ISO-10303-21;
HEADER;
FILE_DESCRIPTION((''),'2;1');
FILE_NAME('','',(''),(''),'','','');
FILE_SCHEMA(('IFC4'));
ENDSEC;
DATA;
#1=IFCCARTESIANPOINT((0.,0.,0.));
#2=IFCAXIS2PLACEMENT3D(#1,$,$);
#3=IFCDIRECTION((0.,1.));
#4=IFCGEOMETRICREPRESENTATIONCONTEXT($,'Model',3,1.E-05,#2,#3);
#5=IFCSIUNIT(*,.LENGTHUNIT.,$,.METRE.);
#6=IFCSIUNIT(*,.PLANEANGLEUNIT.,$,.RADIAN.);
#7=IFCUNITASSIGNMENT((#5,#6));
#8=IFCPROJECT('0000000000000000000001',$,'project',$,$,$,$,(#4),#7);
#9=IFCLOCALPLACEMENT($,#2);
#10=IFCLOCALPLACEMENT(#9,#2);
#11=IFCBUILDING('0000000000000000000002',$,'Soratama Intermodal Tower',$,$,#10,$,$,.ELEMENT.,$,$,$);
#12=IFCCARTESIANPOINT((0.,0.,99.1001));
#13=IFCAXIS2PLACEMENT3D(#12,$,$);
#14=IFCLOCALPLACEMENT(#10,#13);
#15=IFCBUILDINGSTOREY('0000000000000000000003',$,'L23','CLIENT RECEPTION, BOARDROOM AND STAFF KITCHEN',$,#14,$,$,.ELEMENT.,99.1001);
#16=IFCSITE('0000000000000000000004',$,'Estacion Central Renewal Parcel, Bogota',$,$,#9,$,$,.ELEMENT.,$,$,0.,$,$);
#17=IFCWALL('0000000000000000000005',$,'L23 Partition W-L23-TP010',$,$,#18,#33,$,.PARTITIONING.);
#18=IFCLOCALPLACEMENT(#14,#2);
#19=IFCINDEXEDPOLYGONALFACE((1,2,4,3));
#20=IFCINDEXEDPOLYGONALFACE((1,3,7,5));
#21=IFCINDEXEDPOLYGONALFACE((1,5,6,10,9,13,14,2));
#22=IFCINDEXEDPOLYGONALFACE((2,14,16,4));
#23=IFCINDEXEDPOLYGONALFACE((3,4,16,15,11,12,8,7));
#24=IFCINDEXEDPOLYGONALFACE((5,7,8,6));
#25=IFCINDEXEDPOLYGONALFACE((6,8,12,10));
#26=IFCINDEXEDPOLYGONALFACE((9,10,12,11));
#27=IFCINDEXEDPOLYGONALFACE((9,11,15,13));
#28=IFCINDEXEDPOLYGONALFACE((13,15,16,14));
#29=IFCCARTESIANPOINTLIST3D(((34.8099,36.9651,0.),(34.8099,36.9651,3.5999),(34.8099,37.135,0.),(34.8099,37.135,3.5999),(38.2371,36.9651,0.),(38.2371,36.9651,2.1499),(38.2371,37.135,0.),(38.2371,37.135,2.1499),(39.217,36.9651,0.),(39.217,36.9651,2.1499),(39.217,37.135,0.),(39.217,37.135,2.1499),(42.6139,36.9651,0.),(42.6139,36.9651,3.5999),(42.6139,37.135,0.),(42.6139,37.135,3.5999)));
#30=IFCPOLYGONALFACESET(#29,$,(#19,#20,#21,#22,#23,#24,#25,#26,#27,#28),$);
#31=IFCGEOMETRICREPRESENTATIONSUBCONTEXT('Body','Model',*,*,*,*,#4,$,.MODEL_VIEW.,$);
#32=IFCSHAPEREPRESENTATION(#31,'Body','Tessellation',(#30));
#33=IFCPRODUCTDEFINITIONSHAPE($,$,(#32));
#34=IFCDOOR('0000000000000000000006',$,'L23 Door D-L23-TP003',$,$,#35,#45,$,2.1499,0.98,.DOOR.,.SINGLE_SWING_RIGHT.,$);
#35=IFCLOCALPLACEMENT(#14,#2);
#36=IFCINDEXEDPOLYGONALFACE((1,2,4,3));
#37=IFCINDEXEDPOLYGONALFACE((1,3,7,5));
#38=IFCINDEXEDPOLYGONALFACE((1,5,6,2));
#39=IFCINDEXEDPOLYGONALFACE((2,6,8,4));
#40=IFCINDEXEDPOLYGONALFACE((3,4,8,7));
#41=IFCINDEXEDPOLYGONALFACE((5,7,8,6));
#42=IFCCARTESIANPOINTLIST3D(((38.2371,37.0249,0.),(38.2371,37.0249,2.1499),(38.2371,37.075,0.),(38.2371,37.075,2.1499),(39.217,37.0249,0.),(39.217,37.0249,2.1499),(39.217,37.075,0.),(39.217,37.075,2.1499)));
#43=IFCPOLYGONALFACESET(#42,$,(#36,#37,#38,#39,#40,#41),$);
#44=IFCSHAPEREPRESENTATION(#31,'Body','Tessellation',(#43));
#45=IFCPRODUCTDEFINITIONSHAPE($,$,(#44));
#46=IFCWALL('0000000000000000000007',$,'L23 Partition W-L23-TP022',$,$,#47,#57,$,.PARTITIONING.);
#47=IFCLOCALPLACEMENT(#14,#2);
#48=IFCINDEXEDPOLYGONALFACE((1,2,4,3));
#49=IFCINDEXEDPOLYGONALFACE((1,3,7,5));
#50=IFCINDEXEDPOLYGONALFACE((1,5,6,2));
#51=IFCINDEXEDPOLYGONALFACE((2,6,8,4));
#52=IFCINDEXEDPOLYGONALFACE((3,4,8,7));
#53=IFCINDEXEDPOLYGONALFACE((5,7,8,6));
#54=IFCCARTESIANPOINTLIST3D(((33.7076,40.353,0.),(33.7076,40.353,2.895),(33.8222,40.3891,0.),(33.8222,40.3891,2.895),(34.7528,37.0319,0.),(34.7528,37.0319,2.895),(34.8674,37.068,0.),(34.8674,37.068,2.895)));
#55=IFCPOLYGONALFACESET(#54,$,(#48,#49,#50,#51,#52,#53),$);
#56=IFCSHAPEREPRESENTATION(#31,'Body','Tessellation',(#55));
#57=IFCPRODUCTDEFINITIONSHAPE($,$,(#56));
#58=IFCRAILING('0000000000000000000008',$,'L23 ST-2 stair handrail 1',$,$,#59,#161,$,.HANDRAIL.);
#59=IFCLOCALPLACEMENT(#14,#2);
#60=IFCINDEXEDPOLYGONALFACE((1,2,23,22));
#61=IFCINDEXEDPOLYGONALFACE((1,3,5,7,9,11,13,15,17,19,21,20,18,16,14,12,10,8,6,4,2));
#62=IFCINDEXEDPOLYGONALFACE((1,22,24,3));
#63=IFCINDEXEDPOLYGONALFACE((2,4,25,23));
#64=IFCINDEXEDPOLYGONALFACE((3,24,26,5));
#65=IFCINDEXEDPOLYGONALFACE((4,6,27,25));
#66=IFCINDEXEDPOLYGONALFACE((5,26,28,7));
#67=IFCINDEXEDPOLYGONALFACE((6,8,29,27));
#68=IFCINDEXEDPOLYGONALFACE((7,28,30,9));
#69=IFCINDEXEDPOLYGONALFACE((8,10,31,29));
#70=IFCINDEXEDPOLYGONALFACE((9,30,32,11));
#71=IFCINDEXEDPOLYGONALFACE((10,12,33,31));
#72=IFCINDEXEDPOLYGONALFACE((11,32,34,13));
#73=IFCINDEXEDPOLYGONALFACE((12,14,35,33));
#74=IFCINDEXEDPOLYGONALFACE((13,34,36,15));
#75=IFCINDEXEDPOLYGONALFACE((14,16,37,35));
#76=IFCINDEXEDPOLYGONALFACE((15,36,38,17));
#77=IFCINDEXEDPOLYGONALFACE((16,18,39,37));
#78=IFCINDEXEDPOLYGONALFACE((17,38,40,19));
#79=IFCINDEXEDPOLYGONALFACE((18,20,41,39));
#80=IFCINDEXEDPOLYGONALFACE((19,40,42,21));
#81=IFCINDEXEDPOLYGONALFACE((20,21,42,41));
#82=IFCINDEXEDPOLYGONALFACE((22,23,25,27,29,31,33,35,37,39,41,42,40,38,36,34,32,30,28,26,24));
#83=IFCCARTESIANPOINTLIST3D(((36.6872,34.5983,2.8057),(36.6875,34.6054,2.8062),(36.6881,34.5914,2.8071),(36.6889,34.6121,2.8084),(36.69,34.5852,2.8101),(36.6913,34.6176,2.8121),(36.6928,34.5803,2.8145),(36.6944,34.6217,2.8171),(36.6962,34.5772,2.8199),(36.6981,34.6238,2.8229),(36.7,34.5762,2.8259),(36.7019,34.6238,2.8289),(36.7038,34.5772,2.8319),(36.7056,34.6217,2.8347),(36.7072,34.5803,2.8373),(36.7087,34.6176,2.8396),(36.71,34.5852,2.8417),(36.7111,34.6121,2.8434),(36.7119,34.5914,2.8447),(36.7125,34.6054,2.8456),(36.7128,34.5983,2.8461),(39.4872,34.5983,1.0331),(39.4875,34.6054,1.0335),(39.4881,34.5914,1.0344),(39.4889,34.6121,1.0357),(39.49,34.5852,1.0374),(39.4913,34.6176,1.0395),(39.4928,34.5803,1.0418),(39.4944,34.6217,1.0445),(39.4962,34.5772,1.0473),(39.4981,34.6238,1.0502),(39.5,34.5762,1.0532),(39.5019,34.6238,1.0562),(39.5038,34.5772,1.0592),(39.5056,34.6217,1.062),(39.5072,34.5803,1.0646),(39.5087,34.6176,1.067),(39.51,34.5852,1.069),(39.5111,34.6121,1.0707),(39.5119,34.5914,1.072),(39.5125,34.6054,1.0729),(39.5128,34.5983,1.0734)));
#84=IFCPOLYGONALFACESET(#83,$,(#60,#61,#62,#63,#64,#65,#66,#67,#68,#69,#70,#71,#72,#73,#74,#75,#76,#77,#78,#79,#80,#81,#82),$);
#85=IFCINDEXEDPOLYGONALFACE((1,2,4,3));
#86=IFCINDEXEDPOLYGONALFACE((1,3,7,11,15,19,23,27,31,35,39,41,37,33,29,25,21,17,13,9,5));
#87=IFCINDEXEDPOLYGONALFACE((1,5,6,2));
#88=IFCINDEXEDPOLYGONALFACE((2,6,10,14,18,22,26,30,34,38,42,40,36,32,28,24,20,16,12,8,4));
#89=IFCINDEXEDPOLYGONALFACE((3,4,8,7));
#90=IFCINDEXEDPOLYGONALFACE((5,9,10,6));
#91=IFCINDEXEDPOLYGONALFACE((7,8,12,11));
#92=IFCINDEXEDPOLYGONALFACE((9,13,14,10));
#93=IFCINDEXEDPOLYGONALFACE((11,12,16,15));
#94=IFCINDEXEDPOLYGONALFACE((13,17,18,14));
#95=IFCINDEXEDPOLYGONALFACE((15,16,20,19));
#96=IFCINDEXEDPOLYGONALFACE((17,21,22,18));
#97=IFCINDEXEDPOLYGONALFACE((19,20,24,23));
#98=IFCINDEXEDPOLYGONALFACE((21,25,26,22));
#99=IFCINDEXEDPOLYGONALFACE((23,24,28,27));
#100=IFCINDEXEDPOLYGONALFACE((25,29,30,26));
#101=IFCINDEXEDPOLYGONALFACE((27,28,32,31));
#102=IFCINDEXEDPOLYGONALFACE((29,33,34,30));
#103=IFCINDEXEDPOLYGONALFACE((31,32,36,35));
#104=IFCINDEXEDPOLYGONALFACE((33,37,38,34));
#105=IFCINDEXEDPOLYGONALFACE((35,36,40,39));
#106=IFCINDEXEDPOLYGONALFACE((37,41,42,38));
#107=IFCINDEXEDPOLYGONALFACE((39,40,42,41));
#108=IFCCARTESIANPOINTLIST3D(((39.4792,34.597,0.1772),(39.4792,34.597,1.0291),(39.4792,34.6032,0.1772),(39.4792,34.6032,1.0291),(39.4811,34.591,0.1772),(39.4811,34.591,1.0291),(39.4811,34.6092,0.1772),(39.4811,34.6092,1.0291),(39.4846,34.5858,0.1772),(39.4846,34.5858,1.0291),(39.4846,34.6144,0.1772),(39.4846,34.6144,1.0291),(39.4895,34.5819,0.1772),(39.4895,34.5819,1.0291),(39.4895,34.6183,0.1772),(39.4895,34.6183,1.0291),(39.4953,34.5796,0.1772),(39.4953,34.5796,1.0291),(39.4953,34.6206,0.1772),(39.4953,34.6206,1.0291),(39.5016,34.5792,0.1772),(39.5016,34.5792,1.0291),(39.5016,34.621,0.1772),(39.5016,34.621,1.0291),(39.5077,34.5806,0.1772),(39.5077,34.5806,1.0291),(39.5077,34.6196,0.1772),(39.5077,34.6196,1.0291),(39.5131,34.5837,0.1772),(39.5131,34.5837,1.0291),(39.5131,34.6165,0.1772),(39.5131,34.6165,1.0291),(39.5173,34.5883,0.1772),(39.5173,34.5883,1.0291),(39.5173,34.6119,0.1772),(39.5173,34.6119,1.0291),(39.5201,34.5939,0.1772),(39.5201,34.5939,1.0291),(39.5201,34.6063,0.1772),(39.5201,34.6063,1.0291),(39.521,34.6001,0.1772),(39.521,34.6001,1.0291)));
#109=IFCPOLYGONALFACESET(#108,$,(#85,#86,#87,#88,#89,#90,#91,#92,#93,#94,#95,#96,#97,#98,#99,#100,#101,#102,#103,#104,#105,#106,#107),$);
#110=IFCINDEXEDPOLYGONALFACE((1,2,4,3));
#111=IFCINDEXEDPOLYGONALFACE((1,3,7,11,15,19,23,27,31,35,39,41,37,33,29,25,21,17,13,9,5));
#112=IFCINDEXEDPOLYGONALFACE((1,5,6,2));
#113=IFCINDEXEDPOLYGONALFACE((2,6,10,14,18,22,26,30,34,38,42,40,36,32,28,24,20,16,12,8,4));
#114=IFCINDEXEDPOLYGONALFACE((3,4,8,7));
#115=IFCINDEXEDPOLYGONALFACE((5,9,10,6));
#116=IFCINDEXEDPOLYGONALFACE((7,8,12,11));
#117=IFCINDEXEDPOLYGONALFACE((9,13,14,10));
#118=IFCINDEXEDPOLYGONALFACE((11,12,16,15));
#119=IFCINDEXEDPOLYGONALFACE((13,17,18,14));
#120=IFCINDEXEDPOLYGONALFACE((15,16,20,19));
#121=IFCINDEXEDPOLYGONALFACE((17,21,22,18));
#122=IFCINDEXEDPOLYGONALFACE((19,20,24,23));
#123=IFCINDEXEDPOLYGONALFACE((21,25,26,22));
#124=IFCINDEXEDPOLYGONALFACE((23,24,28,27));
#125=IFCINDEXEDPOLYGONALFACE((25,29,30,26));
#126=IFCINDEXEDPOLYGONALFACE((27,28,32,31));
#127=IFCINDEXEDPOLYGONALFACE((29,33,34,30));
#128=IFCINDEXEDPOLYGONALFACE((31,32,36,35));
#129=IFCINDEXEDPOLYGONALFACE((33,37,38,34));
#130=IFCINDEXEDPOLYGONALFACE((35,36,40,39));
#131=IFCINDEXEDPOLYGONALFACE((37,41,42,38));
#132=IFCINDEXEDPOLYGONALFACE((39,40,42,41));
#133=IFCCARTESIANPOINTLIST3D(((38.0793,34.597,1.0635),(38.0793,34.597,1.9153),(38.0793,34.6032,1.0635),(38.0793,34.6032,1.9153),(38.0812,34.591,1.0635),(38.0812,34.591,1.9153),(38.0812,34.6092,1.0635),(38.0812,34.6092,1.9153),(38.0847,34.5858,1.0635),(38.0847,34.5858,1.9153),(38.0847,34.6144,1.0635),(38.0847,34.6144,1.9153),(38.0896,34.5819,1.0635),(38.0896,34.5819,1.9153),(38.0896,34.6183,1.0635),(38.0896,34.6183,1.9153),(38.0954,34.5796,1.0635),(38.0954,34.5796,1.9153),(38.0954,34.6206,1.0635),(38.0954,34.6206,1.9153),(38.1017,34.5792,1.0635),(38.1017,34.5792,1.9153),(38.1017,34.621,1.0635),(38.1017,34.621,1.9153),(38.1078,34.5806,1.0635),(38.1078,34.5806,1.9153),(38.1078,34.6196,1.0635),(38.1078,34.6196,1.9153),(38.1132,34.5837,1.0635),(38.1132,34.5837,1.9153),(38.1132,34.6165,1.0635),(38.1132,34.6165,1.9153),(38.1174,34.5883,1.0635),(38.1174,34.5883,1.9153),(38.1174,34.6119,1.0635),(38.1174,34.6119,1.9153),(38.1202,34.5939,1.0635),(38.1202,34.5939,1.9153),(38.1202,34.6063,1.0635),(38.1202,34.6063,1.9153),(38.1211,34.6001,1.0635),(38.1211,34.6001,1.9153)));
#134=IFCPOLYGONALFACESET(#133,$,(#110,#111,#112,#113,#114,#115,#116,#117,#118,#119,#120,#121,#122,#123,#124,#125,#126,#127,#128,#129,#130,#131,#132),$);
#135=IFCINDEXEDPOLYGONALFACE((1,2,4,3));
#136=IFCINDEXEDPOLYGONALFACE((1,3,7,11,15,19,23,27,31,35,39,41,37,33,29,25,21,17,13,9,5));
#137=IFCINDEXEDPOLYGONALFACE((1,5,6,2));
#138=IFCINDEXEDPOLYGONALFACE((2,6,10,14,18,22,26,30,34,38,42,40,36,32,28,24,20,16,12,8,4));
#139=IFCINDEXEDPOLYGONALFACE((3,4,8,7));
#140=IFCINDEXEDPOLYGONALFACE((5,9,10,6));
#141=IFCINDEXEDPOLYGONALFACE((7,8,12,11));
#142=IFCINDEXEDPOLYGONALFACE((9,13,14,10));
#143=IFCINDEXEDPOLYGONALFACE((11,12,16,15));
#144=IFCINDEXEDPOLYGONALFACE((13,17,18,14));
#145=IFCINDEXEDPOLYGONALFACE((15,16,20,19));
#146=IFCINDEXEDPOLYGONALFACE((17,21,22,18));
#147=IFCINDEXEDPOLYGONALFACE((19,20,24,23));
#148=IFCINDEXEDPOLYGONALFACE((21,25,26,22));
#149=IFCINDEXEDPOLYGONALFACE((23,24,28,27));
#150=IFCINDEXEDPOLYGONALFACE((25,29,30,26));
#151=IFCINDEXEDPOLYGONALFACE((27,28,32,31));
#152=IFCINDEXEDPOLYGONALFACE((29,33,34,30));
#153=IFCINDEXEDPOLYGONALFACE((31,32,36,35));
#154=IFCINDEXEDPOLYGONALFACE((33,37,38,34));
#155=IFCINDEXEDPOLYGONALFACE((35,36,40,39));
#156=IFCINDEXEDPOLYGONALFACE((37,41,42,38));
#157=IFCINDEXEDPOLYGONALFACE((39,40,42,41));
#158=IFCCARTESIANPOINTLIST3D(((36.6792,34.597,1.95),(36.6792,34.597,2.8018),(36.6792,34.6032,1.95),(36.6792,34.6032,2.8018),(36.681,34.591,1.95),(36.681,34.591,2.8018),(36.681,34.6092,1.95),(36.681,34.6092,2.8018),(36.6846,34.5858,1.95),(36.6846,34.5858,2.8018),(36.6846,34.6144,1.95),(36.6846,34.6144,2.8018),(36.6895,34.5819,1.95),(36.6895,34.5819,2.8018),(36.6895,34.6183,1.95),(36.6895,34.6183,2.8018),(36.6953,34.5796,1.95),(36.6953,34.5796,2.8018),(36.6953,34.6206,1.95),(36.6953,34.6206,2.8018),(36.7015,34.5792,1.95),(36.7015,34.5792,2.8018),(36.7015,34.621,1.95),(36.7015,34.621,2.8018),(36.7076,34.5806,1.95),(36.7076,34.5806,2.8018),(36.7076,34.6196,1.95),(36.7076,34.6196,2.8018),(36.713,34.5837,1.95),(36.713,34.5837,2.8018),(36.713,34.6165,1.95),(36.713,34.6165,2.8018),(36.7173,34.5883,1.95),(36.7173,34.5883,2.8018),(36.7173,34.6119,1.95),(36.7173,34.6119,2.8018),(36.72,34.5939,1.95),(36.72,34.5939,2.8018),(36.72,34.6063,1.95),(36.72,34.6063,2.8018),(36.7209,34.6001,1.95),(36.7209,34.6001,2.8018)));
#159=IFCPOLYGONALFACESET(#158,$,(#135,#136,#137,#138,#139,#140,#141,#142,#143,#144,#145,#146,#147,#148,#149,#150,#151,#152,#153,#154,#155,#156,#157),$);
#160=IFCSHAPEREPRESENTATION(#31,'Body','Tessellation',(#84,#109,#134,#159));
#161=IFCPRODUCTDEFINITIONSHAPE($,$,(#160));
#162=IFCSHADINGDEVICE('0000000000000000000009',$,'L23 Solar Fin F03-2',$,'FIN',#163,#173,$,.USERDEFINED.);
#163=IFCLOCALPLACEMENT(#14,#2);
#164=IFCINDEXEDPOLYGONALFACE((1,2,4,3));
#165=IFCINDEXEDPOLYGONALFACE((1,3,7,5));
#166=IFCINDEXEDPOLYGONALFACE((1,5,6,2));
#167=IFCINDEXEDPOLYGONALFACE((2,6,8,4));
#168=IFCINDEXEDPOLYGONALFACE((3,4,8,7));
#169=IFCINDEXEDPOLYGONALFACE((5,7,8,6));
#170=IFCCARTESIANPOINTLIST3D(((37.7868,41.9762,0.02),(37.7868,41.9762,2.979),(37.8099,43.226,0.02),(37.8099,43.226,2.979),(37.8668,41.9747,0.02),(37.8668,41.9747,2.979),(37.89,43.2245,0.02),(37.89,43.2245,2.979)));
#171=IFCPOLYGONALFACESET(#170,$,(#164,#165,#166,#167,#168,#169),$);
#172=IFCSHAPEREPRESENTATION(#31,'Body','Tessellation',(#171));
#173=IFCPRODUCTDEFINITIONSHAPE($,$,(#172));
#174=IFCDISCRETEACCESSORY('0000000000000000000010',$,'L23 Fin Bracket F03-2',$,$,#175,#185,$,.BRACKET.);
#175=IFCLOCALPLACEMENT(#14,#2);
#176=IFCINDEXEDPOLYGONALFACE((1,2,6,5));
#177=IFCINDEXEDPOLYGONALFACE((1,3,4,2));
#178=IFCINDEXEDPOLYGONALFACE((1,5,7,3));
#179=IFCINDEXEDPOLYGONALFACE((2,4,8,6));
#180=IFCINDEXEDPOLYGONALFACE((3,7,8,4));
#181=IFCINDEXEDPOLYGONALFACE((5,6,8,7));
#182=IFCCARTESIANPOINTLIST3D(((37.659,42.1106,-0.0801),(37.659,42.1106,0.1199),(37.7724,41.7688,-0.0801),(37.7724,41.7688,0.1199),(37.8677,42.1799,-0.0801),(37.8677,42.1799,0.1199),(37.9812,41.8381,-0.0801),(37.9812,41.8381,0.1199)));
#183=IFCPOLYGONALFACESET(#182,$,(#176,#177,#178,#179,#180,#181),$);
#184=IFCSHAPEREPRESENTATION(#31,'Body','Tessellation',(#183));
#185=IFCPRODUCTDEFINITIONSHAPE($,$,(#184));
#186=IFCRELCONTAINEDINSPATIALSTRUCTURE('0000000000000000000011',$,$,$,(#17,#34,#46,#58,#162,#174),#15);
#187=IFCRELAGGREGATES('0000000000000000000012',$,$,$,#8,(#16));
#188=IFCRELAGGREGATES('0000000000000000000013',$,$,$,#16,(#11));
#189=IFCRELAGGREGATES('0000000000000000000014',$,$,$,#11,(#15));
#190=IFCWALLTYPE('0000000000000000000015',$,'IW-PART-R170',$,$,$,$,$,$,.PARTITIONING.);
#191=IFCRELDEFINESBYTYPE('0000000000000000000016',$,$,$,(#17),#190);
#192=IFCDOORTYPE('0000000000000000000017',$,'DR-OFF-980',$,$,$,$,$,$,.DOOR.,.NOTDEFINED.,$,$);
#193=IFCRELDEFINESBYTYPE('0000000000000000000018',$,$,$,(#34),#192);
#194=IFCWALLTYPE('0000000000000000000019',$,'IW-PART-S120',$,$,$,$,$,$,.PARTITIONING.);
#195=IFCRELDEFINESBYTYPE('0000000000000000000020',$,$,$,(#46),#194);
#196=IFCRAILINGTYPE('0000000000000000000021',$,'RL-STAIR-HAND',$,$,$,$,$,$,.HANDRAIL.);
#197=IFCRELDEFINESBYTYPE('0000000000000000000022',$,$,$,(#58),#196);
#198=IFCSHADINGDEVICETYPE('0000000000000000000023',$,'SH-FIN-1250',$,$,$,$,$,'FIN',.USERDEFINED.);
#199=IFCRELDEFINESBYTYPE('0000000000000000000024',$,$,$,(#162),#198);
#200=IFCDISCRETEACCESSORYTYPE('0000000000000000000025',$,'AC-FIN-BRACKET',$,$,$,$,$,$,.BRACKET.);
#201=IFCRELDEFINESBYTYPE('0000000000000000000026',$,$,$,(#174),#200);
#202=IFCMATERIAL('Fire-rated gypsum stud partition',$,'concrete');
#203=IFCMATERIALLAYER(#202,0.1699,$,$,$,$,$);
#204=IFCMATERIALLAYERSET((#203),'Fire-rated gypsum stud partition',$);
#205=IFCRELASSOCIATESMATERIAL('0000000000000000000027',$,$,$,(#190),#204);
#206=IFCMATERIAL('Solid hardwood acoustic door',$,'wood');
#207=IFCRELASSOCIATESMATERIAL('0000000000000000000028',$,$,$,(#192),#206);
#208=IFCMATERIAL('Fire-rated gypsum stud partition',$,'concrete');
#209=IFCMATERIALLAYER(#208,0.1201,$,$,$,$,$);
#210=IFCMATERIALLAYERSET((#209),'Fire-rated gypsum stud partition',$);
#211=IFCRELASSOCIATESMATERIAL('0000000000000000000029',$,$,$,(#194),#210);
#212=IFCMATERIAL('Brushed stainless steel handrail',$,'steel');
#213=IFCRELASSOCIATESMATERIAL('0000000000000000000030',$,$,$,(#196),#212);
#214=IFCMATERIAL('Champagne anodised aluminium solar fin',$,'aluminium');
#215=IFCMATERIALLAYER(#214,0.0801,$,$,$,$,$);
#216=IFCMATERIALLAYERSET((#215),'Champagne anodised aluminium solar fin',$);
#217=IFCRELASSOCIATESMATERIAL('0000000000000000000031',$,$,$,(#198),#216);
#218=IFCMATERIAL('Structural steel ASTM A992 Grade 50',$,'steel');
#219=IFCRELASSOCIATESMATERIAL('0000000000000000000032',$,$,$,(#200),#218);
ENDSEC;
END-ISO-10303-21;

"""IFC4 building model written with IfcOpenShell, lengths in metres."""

from ifc_helpers import new_model, si_unit, direction, frame, frame_2d, origin, origin_2d, place, context, subcontext, project, spatial, rectangle, circle, extrude, material, layer, layer_set, type_object, element, fill, save


model = new_model("IFC4")

# Units and contexts
model_context = context("Model", 3, precision=1e-05, world=origin(), true_north=direction((0.0, 1.0)))
body_context = subcontext(model_context, "Body", "Model", "MODEL_VIEW")
ifc_project = project(units=[si_unit("LENGTHUNIT", "METRE"), si_unit("PLANEANGLEUNIT", "RADIAN")], contexts=[model_context])

# Site, building, storey
site_placement = place(None, origin())
site = spatial("IfcSite", under=ifc_project, at=site_placement, Name="Estacion Central Renewal Parcel, Bogota", CompositionType="ELEMENT", RefElevation=0.0)
building_placement = place(site_placement, origin())
building = spatial("IfcBuilding", under=site, at=building_placement, Name="Soratama Intermodal Tower", CompositionType="ELEMENT")
storey_placement = place(building_placement, frame((0.0, 0.0, 99.1001)))
storey = spatial("IfcBuildingStorey", under=building, at=storey_placement, Name="L23", Description="CLIENT RECEPTION, BOARDROOM AND STAFF KITCHEN", CompositionType="ELEMENT", Elevation=99.1001)

# Wall, opening, door
ifc_material_1 = material(Name="Fire-rated gypsum stud partition", Category="concrete")
ifc_layer_1 = layer(ifc_material_1, 0.1699)
ifc_layer_set_1 = layer_set([ifc_layer_1], Name="Fire-rated gypsum stud partition")
wall_type_1 = type_object("IfcWallType", Name="IW-PART-R170", PredefinedType="PARTITIONING", material=ifc_layer_set_1)
wall_1_placement = place(storey_placement, frame((34.8101, 37.05, 0.0), z_axis=(0.0, 0.0, 1.0), x_axis=(1.0, 0.0, 0.0)))
wall_1 = element("IfcWall", 1, at=wall_1_placement, inside=storey, type_object=wall_type_1, Name="L23 Partition W-L23-TP010", PredefinedType="PARTITIONING", context=body_context, shape_type="SweptSolid", body=[
    extrude(rectangle(XDim=7.804, YDim=0.1699, at=frame_2d((3.9019, 0.0))), origin(), (0.0, 0.0, 1.0), 3.5999),
])
opening_placement = place(wall_1_placement, frame((3.427, 0.0, 0.0)))
opening = element("IfcOpeningElement", 2, at=opening_placement, cuts=wall_1, PredefinedType="OPENING", context=body_context, shape_type="SweptSolid", body=[
    extrude(rectangle(XDim=0.98, YDim=2.1499, at=frame_2d((0.49, 1.075))), frame((0.0, 0.095, 0.0), z_axis=(0.0, -1.0, 0.0), x_axis=(1.0, 0.0, 0.0)), (0.0, 0.0, 1.0), 0.1899),
])
ifc_material_2 = material(Name="Solid hardwood acoustic door", Category="wood")
door_type = type_object("IfcDoorType", Name="DR-OFF-980", OperationType="NOTDEFINED", PredefinedType="DOOR", material=ifc_material_2)
door_placement = place(opening_placement, origin())
door = element("IfcDoor", 3, at=door_placement, inside=storey, type_object=door_type, Name="L23 Door D-L23-TP003", OperationType="SINGLE_SWING_RIGHT", OverallHeight=2.1499, OverallWidth=0.98, PredefinedType="DOOR", context=body_context, shape_type="SweptSolid", body=[
    extrude(rectangle(XDim=0.98, YDim=2.1499, at=frame_2d((0.49, 1.075))), frame((0.0, 0.0249, 0.0), z_axis=(0.0, -1.0, 0.0), x_axis=(1.0, 0.0, 0.0)), (0.0, 0.0, 1.0), 0.05),
])
fill(opening, door)

# Wall
ifc_material_3 = material(Name="Fire-rated gypsum stud partition", Category="concrete")
ifc_layer_2 = layer(ifc_material_3, 0.1201)
ifc_layer_set_2 = layer_set([ifc_layer_2], Name="Fire-rated gypsum stud partition")
wall_type_2 = type_object("IfcWallType", Name="IW-PART-S120", PredefinedType="PARTITIONING", material=ifc_layer_set_2)
wall_2_placement = place(storey_placement, frame((34.8101, 37.05, 0.0), z_axis=(0.0, 0.0, 1.0), x_axis=(-0.300195, 0.953878, 0.0)))
element("IfcWall", 4, at=wall_2_placement, inside=storey, type_object=wall_type_2, Name="L23 Partition W-L23-TP022", PredefinedType="PARTITIONING", context=body_context, shape_type="SweptSolid", body=[
    extrude(rectangle(XDim=3.4817, YDim=0.1201, at=frame_2d((1.7407, 0.0))), origin(), (0.0, 0.0, 1.0), 2.895),
])

# Railing
ifc_material_4 = material(Name="Brushed stainless steel handrail", Category="steel")
railing_type = type_object("IfcRailingType", Name="RL-STAIR-HAND", PredefinedType="HANDRAIL", material=ifc_material_4)
railing_placement = place(storey_placement, frame((39.5, 34.6001, 0.1772)))
element("IfcRailing", 5, at=railing_placement, inside=storey, type_object=railing_type, Name="L23 ST-2 stair handrail 1", PredefinedType="HANDRAIL", context=body_context, shape_type="SweptSolid", body=[
    extrude(circle(Radius=0.0239, at=origin_2d()), frame((0.0, 0.0, 0.876), z_axis=(-0.844909, 0.0, 0.53491), x_axis=(0.0, -1.0, 0.0)), (0.0, 0.0, 1.0), 3.314),
    extrude(circle(Radius=0.021, at=origin_2d()), origin(), (0.0, 0.0, 1.0), 0.8518),
    extrude(circle(Radius=0.021, at=origin_2d()), frame((-1.3999, 0.0, 0.8862)), (0.0, 0.0, 1.0), 0.8518),
    extrude(circle(Radius=0.021, at=origin_2d()), frame((-2.8, 0.0, 1.7727)), (0.0, 0.0, 1.0), 0.8518),
])

# Shading device
ifc_material_5 = material(Name="Champagne anodised aluminium solar fin", Category="aluminium")
ifc_layer_3 = layer(ifc_material_5, 0.0801)
ifc_layer_set_3 = layer_set([ifc_layer_3], Name="Champagne anodised aluminium solar fin")
shading_device_type = type_object("IfcShadingDeviceType", Name="SH-FIN-1250", ElementType="FIN", PredefinedType="USERDEFINED", material=ifc_layer_set_3)
shading_device_placement = place(storey_placement, frame((37.8384, 42.6003, 0.02), z_axis=(0.0, 0.0, 1.0), x_axis=(0.018499, 0.999829, 0.0)))
element("IfcShadingDevice", 6, at=shading_device_placement, inside=storey, type_object=shading_device_type, Name="L23 Solar Fin F03-2", ObjectType="FIN", PredefinedType="USERDEFINED", context=body_context, shape_type="SweptSolid", body=[
    extrude(rectangle(XDim=1.25, YDim=0.0801, at=origin_2d()), origin(), (0.0, 0.0, 1.0), 2.959),
])

# Discrete accessory
ifc_material_6 = material(Name="Structural steel ASTM A992 Grade 50", Category="steel")
discrete_accessory_type = type_object("IfcDiscreteAccessoryType", Name="AC-FIN-BRACKET", PredefinedType="BRACKET", material=ifc_material_6)
discrete_accessory_placement = place(storey_placement, frame((37.8201, 41.9744, -0.0801), z_axis=(0.0, 0.0, 1.0), x_axis=(-0.314987, 0.949096, 0.0)))
element("IfcDiscreteAccessory", 7, at=discrete_accessory_placement, inside=storey, type_object=discrete_accessory_type, Name="L23 Fin Bracket F03-2", PredefinedType="BRACKET", context=body_context, shape_type="SweptSolid", body=[
    extrude(rectangle(XDim=0.3601, YDim=0.22, at=origin_2d()), origin(), (0.0, 0.0, 1.0), 0.2),
])

save(model, "model.ifc")
